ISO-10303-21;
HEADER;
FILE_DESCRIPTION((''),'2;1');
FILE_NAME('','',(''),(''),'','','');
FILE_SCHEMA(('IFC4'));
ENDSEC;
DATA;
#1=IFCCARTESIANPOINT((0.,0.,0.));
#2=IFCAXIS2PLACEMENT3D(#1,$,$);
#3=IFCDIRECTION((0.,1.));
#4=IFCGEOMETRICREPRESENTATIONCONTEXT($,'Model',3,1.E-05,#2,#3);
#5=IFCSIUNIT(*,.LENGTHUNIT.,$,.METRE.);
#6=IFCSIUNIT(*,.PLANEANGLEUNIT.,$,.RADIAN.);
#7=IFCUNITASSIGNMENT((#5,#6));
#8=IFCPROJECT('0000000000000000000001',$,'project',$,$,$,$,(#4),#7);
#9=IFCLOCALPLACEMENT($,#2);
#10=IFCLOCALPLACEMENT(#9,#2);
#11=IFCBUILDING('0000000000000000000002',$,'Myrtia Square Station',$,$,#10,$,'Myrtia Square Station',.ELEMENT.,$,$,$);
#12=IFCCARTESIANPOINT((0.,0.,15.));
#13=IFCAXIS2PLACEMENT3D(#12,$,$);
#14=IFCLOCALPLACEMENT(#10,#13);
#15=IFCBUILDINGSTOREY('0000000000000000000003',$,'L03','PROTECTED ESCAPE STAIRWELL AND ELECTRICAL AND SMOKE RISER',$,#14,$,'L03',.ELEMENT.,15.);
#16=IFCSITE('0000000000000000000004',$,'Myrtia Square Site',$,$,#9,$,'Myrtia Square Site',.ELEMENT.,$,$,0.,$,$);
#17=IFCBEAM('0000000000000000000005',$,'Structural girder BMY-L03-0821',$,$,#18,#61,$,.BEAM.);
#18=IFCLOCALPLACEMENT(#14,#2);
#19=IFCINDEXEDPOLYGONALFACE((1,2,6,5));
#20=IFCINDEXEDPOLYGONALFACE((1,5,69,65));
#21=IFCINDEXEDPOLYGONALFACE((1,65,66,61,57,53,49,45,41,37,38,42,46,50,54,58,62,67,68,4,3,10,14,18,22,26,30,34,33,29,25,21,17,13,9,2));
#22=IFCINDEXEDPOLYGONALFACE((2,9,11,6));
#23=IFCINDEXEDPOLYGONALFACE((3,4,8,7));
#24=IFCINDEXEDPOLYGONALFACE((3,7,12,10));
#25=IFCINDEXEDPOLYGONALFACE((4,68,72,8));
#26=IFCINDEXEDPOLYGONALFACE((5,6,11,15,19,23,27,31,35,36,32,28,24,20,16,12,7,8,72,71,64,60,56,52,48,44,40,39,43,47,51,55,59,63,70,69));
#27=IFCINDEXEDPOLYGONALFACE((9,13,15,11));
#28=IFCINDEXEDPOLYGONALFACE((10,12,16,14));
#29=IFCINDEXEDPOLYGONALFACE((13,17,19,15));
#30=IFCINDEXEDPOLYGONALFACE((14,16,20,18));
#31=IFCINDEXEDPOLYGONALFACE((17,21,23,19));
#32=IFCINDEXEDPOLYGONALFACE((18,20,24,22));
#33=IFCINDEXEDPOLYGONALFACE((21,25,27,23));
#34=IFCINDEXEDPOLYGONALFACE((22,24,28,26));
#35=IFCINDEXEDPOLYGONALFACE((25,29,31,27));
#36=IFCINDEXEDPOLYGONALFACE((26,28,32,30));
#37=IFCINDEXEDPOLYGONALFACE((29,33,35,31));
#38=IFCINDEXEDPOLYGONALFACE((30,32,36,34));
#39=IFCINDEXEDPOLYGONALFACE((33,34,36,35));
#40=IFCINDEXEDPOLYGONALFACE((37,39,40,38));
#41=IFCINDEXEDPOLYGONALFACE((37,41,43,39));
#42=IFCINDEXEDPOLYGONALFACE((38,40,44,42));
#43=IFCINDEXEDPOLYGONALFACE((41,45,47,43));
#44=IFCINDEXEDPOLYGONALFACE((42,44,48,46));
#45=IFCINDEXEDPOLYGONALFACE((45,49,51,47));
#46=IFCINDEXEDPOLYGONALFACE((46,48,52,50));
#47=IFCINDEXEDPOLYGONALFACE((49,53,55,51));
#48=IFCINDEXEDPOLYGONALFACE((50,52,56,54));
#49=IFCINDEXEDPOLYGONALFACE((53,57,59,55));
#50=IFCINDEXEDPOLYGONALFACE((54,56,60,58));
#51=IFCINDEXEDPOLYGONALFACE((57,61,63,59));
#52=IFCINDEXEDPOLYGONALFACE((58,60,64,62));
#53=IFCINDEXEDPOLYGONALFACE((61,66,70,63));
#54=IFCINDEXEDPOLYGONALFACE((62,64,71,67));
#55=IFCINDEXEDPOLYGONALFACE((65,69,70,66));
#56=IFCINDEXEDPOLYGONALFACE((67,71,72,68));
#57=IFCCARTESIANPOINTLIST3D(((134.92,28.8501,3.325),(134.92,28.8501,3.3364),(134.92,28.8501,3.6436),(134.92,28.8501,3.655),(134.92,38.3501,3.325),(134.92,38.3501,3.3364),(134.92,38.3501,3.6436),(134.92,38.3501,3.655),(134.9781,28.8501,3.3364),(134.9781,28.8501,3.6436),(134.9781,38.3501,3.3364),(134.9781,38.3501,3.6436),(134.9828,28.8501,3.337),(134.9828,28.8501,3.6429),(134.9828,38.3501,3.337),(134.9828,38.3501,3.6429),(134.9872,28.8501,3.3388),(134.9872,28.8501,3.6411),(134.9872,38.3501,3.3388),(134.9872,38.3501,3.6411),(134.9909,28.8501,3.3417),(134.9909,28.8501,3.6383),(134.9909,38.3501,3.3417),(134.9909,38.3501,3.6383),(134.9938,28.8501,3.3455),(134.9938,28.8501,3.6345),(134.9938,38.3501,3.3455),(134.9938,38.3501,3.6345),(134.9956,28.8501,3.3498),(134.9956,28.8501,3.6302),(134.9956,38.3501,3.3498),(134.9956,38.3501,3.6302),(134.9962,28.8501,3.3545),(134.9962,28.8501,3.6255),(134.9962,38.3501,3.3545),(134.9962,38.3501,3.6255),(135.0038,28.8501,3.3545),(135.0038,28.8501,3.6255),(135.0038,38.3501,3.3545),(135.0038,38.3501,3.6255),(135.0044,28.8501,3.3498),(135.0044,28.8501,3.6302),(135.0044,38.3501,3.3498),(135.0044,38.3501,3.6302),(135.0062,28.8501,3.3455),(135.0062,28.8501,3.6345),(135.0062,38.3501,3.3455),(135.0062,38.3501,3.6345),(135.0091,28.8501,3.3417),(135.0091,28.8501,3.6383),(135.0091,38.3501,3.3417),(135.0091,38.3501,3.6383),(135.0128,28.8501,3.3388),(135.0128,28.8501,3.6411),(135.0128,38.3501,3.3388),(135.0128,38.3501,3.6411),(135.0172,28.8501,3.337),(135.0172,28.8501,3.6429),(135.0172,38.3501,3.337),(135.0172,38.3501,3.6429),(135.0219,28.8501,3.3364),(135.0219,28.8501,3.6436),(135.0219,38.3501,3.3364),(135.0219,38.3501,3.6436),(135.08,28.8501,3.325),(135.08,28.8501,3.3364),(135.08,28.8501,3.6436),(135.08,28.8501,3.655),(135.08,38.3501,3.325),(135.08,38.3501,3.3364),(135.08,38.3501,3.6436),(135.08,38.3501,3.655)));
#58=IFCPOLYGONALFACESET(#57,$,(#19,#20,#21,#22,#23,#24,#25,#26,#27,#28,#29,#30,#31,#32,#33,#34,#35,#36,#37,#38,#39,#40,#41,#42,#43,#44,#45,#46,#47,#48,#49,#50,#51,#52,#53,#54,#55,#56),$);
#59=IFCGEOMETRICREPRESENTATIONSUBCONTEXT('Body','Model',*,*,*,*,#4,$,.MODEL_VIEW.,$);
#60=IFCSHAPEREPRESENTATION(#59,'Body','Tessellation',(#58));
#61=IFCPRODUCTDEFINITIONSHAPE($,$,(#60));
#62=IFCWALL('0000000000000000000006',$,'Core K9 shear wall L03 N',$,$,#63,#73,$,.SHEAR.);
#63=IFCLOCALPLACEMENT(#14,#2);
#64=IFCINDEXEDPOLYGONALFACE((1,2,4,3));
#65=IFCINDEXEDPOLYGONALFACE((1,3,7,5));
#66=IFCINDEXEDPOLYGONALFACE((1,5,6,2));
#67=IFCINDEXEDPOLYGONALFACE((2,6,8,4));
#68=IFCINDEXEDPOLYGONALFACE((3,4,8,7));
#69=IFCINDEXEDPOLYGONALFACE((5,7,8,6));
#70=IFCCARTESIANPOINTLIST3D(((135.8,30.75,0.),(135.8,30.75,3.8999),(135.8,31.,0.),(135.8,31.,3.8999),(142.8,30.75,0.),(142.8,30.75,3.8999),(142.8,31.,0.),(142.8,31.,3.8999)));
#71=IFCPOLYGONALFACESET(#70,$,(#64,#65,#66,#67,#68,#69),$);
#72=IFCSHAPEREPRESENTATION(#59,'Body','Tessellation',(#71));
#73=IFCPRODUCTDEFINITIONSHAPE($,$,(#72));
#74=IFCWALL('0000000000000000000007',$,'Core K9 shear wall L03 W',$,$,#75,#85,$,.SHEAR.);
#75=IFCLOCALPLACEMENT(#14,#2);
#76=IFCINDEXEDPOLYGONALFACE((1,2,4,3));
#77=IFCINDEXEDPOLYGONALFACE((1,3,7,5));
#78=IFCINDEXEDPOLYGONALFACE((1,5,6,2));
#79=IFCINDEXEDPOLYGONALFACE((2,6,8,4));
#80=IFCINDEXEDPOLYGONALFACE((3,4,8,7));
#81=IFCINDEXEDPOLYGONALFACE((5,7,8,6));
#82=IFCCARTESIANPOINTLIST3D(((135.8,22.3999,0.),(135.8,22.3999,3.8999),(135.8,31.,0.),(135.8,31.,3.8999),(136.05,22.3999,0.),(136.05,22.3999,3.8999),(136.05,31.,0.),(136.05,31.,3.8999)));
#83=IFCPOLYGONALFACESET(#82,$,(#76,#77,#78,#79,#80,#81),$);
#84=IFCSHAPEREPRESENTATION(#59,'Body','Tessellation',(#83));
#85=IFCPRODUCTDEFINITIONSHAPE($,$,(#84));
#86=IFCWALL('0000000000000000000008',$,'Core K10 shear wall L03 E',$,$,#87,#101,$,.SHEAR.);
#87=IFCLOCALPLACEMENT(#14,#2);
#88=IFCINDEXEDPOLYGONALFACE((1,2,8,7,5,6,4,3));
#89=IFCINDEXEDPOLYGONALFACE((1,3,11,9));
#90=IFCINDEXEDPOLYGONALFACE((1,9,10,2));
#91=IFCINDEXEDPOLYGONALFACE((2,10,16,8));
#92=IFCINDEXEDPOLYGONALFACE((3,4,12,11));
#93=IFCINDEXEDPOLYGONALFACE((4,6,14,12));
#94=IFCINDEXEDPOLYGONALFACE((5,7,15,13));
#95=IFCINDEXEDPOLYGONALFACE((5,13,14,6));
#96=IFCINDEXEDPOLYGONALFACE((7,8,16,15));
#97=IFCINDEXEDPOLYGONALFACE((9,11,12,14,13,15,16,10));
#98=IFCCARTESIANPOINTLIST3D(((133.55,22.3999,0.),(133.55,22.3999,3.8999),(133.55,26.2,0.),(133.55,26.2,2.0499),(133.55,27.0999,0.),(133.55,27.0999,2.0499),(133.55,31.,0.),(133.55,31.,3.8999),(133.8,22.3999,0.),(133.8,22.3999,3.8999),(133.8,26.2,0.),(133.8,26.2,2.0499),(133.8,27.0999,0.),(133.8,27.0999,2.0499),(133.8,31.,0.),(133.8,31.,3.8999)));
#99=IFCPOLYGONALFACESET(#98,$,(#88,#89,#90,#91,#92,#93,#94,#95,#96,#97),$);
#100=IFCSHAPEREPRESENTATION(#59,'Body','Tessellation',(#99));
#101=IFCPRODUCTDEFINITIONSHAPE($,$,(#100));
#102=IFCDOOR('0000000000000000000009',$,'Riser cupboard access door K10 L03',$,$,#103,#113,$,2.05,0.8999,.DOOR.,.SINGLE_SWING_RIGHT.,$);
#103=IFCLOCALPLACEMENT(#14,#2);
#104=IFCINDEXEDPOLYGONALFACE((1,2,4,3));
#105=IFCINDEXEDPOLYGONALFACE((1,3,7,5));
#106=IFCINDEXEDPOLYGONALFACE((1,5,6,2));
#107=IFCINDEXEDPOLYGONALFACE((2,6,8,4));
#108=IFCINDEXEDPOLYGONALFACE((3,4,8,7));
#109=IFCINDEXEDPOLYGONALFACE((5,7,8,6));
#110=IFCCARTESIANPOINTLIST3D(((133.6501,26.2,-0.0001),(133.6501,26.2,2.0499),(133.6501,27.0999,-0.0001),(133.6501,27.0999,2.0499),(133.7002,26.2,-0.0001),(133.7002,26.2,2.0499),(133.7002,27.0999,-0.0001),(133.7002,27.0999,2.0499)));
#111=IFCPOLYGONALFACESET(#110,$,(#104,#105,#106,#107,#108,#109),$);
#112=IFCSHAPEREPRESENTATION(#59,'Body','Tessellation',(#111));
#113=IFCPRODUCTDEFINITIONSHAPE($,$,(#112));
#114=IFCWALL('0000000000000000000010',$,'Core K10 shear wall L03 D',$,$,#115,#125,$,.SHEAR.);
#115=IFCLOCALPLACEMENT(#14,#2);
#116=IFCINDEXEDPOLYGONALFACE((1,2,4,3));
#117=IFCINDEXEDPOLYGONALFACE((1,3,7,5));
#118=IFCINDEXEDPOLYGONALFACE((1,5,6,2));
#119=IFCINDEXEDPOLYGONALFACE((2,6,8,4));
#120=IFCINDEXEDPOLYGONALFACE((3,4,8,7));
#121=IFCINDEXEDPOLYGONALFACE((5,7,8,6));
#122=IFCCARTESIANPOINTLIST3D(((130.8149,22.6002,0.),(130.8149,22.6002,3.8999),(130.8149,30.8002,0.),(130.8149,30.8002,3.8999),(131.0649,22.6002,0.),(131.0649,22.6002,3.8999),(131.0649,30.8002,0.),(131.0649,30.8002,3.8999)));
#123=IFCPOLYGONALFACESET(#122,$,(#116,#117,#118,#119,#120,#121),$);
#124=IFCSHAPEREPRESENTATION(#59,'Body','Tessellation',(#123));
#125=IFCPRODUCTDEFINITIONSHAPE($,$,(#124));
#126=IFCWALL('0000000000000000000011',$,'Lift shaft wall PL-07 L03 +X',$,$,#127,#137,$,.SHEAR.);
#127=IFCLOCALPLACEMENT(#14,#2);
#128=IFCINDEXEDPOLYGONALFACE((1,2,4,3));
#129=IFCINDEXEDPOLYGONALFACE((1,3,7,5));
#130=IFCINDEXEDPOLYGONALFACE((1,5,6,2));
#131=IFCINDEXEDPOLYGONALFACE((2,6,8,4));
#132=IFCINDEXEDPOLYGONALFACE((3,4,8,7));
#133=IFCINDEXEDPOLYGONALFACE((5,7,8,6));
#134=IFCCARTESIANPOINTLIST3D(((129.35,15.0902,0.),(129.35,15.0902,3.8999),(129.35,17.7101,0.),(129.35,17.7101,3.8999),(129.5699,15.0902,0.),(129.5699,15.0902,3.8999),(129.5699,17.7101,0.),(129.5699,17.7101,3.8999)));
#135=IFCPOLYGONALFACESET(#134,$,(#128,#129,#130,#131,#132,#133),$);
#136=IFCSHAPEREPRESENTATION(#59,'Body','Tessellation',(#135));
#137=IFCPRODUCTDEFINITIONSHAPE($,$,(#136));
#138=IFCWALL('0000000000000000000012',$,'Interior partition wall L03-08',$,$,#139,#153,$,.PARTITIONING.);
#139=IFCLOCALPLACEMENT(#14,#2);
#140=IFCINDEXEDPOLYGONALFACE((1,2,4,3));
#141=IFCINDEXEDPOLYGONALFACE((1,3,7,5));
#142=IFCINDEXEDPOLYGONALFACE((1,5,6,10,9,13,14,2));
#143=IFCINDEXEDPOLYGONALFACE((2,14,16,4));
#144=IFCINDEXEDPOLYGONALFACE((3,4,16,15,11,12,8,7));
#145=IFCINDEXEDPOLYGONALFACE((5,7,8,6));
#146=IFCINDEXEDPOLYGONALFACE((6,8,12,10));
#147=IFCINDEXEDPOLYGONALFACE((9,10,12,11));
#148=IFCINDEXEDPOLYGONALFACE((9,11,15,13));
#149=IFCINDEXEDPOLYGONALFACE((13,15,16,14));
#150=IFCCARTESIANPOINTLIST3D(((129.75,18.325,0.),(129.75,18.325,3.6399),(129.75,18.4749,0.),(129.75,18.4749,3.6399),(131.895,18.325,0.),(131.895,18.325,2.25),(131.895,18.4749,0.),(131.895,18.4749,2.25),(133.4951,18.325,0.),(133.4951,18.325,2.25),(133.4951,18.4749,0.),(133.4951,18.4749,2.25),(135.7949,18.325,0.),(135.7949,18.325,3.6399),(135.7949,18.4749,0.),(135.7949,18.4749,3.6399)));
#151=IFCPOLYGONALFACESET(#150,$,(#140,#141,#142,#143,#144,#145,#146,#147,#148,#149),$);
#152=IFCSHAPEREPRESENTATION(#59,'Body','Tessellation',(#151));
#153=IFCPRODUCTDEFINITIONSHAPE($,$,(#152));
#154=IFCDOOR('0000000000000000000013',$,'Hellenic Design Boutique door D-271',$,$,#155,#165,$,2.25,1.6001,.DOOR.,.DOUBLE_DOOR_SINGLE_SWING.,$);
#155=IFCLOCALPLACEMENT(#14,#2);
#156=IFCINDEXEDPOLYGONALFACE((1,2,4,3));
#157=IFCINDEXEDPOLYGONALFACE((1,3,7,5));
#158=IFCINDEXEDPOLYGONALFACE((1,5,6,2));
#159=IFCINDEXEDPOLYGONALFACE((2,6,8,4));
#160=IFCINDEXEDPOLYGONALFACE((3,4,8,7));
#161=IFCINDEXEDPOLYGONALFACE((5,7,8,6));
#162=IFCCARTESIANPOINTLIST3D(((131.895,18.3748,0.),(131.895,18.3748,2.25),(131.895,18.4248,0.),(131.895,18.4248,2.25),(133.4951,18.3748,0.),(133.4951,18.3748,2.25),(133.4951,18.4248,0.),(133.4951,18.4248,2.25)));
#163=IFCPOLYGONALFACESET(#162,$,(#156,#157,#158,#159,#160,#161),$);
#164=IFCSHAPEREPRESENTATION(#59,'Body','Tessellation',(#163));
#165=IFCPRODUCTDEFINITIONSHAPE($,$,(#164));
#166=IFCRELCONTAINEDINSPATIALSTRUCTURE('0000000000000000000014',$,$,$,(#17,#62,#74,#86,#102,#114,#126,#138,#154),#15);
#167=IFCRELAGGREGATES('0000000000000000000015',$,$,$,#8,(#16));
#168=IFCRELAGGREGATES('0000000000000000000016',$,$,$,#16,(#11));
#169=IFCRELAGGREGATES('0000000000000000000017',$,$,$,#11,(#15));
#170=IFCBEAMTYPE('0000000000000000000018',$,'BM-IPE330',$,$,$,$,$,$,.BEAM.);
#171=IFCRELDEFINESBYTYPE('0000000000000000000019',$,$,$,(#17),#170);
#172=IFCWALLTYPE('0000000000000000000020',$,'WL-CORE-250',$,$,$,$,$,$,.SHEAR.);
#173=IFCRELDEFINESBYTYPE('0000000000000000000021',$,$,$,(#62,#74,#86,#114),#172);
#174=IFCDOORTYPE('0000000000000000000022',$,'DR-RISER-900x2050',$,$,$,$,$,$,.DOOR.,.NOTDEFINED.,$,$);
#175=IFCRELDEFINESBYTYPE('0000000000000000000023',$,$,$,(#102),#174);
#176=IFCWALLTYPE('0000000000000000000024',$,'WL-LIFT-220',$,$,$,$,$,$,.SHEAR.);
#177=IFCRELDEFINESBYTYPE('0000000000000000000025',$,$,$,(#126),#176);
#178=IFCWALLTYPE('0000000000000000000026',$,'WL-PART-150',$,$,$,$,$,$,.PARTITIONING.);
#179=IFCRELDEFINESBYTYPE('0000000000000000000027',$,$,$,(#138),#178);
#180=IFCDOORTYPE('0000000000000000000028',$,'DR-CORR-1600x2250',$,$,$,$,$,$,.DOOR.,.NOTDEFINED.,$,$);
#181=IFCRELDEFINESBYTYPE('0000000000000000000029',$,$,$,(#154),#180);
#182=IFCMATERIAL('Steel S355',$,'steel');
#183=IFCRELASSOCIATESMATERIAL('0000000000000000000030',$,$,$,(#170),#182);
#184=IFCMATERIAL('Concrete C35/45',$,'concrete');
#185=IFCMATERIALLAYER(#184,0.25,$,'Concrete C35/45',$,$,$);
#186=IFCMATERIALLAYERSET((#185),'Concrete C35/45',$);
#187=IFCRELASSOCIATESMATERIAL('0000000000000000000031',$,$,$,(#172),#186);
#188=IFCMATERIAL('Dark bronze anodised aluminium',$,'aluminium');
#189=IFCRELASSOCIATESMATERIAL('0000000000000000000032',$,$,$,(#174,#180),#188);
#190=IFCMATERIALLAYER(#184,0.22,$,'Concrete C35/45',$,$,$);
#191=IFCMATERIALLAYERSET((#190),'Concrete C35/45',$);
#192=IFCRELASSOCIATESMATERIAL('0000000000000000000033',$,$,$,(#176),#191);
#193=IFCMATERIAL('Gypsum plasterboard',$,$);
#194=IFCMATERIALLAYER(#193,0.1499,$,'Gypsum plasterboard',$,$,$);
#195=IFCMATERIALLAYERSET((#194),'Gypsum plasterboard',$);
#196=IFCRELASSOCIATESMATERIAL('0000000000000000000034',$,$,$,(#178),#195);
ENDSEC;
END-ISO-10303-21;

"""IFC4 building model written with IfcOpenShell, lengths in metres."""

from ifc_helpers import new_model, si_unit, direction, frame, frame_2d, origin, origin_2d, place, context, subcontext, project, spatial, rectangle, i_section, extrude, material, layer, layer_set, material_profile, profile_set, type_object, element, fill, save


model = new_model("IFC4")

# Units and contexts
model_context = context("Model", 3, precision=1e-05, world=origin(), true_north=direction((0.0, 1.0)))
body_context = subcontext(model_context, "Body", "Model", "MODEL_VIEW")
ifc_project = project(units=[si_unit("LENGTHUNIT", "METRE"), si_unit("PLANEANGLEUNIT", "RADIAN")], contexts=[model_context])

# Site, building, storey
site_placement = place(None, origin())
site = spatial("IfcSite", under=ifc_project, at=site_placement, Name="Myrtia Square Site", LongName="Myrtia Square Site", CompositionType="ELEMENT", RefElevation=0.0)
building_placement = place(site_placement, origin())
building = spatial("IfcBuilding", under=site, at=building_placement, Name="Myrtia Square Station", LongName="Myrtia Square Station", CompositionType="ELEMENT")
storey_placement = place(building_placement, frame((0.0, 0.0, 15.0)))
storey = spatial("IfcBuildingStorey", under=building, at=storey_placement, Name="L03", Description="PROTECTED ESCAPE STAIRWELL AND ELECTRICAL AND SMOKE RISER", LongName="L03", CompositionType="ELEMENT", Elevation=15.0)

# Shared definitions
ifc_material_1 = material(Name="Steel S355", Category="steel")

# Beam
ifc_material_profile_1 = material_profile(ifc_material_1, i_section(OverallWidth=0.1599, OverallDepth=0.3301, WebThickness=0.0076, FlangeThickness=0.0115, FilletRadius=0.0181, at=origin_2d()), Name="IPE 330")
ifc_profile_set_1 = profile_set([ifc_material_profile_1], Name="Steel S355")
beam_type_1 = type_object("IfcBeamType", Name="BM-IPE330", PredefinedType="BEAM", material=ifc_profile_set_1)
for number, where, z_axis, x_axis, name in (
    (1, (135.0, 28.8501, 3.49), (0.0, 1.0, 0.0), (-1.0, 0.0, 0.0), "Structural girder BMY-L03-0821"),
):
    element("IfcBeam", number, at=place(storey_placement, frame(where, z_axis=z_axis, x_axis=x_axis)), inside=storey, type_object=beam_type_1, Name=name, PredefinedType="BEAM", context=body_context, shape_type="SweptSolid", body=[
        extrude(i_section(OverallWidth=0.1599, OverallDepth=0.3301, WebThickness=0.0076, FlangeThickness=0.0115, FilletRadius=0.0181, at=origin_2d()), origin(), (0.0, 0.0, 1.0), 9.5),
    ])

# Shared definitions
ifc_material_2 = material(Name="Concrete C35/45", Category="concrete")
ifc_layer_1 = layer(ifc_material_2, 0.25, Name="Concrete C35/45")
ifc_layer_set_1 = layer_set([ifc_layer_1], Name="Concrete C35/45")
wall_type_1 = type_object("IfcWallType", Name="WL-CORE-250", PredefinedType="SHEAR", material=ifc_layer_set_1)
ifc_material_3 = material(Name="Dark bronze anodised aluminium", Category="aluminium")

# Walls
wall_1_placement = place(storey_placement, frame((135.8, 30.875, 0.0), z_axis=(0.0, 0.0, 1.0), x_axis=(1.0, 0.0, 0.0)))
element("IfcWall", 2, at=wall_1_placement, inside=storey, type_object=wall_type_1, Name="Core K9 shear wall L03 N", PredefinedType="SHEAR", context=body_context, shape_type="SweptSolid", body=[
    extrude(rectangle(XDim=7.0, YDim=0.25, at=frame_2d((3.5, 0.0))), origin(), (0.0, 0.0, 1.0), 3.8999),
])
wall_2_placement = place(storey_placement, frame((135.925, 22.3999, 0.0), z_axis=(0.0, 0.0, 1.0), x_axis=(0.0, 1.0, 0.0)))
element("IfcWall", 3, at=wall_2_placement, inside=storey, type_object=wall_type_1, Name="Core K9 shear wall L03 W", PredefinedType="SHEAR", context=body_context, shape_type="SweptSolid", body=[
    extrude(rectangle(XDim=8.6001, YDim=0.25, at=frame_2d((4.3, 0.0))), origin(), (0.0, 0.0, 1.0), 3.8999),
])

# Wall, opening, door
wall_3_placement = place(storey_placement, frame((133.675, 22.3999, 0.0), z_axis=(0.0, 0.0, 1.0), x_axis=(0.0, 1.0, 0.0)))
wall_3 = element("IfcWall", 4, at=wall_3_placement, inside=storey, type_object=wall_type_1, Name="Core K10 shear wall L03 E", PredefinedType="SHEAR", context=body_context, shape_type="SweptSolid", body=[
    extrude(rectangle(XDim=8.6001, YDim=0.25, at=frame_2d((4.3, 0.0))), origin(), (0.0, 0.0, 1.0), 3.8999),
])
opening_1_placement = place(wall_3_placement, frame((3.8, 0.0, 0.0)))
opening_1 = element("IfcOpeningElement", 5, at=opening_1_placement, cuts=wall_3, PredefinedType="OPENING", context=body_context, shape_type="SweptSolid", body=[
    extrude(rectangle(XDim=0.8999, YDim=2.05, at=frame_2d((0.45, 1.0249))), frame((0.0, 0.1399, 0.0), z_axis=(0.0, -1.0, 0.0), x_axis=(1.0, 0.0, 0.0)), (0.0, 0.0, 1.0), 0.28),
])
door_type_1 = type_object("IfcDoorType", Name="DR-RISER-900x2050", OperationType="NOTDEFINED", PredefinedType="DOOR", material=ifc_material_3)
door_1_placement = place(opening_1_placement, origin())
door_1 = element("IfcDoor", 6, at=door_1_placement, inside=storey, type_object=door_type_1, Name="Riser cupboard access door K10 L03", OperationType="SINGLE_SWING_RIGHT", OverallHeight=2.05, OverallWidth=0.8999, PredefinedType="DOOR", context=body_context, shape_type="SweptSolid", body=[
    extrude(rectangle(XDim=0.8999, YDim=2.05, at=frame_2d((0.45, 1.0249))), frame((0.0, 0.0249, 0.0), z_axis=(0.0, -1.0, 0.0), x_axis=(1.0, 0.0, 0.0)), (0.0, 0.0, 1.0), 0.05),
])
fill(opening_1, door_1)

# Wall
wall_4_placement = place(storey_placement, frame((130.9399, 22.6001, 0.0), z_axis=(0.0, 0.0, 1.0), x_axis=(0.0, 1.0, 0.0)))
element("IfcWall", 7, at=wall_4_placement, inside=storey, type_object=wall_type_1, Name="Core K10 shear wall L03 D", PredefinedType="SHEAR", context=body_context, shape_type="SweptSolid", body=[
    extrude(rectangle(XDim=8.2, YDim=0.25, at=frame_2d((4.1001, 0.0))), origin(), (0.0, 0.0, 1.0), 3.8999),
])

# Shared definitions
ifc_layer_2 = layer(ifc_material_2, 0.22, Name="Concrete C35/45")
ifc_layer_set_2 = layer_set([ifc_layer_2], Name="Concrete C35/45")
wall_type_2 = type_object("IfcWallType", Name="WL-LIFT-220", PredefinedType="SHEAR", material=ifc_layer_set_2)

# Wall
wall_5_placement = place(storey_placement, frame((129.46, 15.0901, 0.0), z_axis=(0.0, 0.0, 1.0), x_axis=(0.0, 1.0, 0.0)))
element("IfcWall", 8, at=wall_5_placement, inside=storey, type_object=wall_type_2, Name="Lift shaft wall PL-07 L03 +X", PredefinedType="SHEAR", context=body_context, shape_type="SweptSolid", body=[
    extrude(rectangle(XDim=2.6199, YDim=0.22, at=frame_2d((1.3101, 0.0))), origin(), (0.0, 0.0, 1.0), 3.8999),
])

# Wall, opening, door
ifc_material_4 = material(Name="Gypsum plasterboard")
ifc_layer_3 = layer(ifc_material_4, 0.1499, Name="Gypsum plasterboard")
ifc_layer_set_3 = layer_set([ifc_layer_3], Name="Gypsum plasterboard")
wall_type_3 = type_object("IfcWallType", Name="WL-PART-150", PredefinedType="PARTITIONING", material=ifc_layer_set_3)
wall_6_placement = place(storey_placement, frame((129.75, 18.3999, 0.0), z_axis=(0.0, 0.0, 1.0), x_axis=(1.0, 0.0, 0.0)))
wall_6 = element("IfcWall", 9, at=wall_6_placement, inside=storey, type_object=wall_type_3, Name="Interior partition wall L03-08", PredefinedType="PARTITIONING", context=body_context, shape_type="SweptSolid", body=[
    extrude(rectangle(XDim=6.0449, YDim=0.1499, at=frame_2d((3.0225, 0.0))), origin(), (0.0, 0.0, 1.0), 3.6399),
])
opening_2_placement = place(wall_6_placement, frame((2.145, 0.0, 0.0)))
opening_2 = element("IfcOpeningElement", 10, at=opening_2_placement, cuts=wall_6, PredefinedType="OPENING", context=body_context, shape_type="SweptSolid", body=[
    extrude(rectangle(XDim=1.6001, YDim=2.25, at=frame_2d((0.8, 1.125))), frame((0.0, 0.0898, 0.0), z_axis=(0.0, -1.0, 0.0), x_axis=(1.0, 0.0, 0.0)), (0.0, 0.0, 1.0), 0.1799),
])
door_type_2 = type_object("IfcDoorType", Name="DR-CORR-1600x2250", OperationType="NOTDEFINED", PredefinedType="DOOR", material=ifc_material_3)
door_2_placement = place(opening_2_placement, origin())
door_2 = element("IfcDoor", 11, at=door_2_placement, inside=storey, type_object=door_type_2, Name="Hellenic Design Boutique door D-271", OperationType="DOUBLE_DOOR_SINGLE_SWING", OverallHeight=2.25, OverallWidth=1.6001, PredefinedType="DOOR", context=body_context, shape_type="SweptSolid", body=[
    extrude(rectangle(XDim=1.6001, YDim=2.25, at=frame_2d((0.8, 1.125))), frame((0.0, 0.0249, 0.0), z_axis=(0.0, -1.0, 0.0), x_axis=(1.0, 0.0, 0.0)), (0.0, 0.0, 1.0), 0.05),
])
fill(opening_2, door_2)

save(model, "model.ifc")
